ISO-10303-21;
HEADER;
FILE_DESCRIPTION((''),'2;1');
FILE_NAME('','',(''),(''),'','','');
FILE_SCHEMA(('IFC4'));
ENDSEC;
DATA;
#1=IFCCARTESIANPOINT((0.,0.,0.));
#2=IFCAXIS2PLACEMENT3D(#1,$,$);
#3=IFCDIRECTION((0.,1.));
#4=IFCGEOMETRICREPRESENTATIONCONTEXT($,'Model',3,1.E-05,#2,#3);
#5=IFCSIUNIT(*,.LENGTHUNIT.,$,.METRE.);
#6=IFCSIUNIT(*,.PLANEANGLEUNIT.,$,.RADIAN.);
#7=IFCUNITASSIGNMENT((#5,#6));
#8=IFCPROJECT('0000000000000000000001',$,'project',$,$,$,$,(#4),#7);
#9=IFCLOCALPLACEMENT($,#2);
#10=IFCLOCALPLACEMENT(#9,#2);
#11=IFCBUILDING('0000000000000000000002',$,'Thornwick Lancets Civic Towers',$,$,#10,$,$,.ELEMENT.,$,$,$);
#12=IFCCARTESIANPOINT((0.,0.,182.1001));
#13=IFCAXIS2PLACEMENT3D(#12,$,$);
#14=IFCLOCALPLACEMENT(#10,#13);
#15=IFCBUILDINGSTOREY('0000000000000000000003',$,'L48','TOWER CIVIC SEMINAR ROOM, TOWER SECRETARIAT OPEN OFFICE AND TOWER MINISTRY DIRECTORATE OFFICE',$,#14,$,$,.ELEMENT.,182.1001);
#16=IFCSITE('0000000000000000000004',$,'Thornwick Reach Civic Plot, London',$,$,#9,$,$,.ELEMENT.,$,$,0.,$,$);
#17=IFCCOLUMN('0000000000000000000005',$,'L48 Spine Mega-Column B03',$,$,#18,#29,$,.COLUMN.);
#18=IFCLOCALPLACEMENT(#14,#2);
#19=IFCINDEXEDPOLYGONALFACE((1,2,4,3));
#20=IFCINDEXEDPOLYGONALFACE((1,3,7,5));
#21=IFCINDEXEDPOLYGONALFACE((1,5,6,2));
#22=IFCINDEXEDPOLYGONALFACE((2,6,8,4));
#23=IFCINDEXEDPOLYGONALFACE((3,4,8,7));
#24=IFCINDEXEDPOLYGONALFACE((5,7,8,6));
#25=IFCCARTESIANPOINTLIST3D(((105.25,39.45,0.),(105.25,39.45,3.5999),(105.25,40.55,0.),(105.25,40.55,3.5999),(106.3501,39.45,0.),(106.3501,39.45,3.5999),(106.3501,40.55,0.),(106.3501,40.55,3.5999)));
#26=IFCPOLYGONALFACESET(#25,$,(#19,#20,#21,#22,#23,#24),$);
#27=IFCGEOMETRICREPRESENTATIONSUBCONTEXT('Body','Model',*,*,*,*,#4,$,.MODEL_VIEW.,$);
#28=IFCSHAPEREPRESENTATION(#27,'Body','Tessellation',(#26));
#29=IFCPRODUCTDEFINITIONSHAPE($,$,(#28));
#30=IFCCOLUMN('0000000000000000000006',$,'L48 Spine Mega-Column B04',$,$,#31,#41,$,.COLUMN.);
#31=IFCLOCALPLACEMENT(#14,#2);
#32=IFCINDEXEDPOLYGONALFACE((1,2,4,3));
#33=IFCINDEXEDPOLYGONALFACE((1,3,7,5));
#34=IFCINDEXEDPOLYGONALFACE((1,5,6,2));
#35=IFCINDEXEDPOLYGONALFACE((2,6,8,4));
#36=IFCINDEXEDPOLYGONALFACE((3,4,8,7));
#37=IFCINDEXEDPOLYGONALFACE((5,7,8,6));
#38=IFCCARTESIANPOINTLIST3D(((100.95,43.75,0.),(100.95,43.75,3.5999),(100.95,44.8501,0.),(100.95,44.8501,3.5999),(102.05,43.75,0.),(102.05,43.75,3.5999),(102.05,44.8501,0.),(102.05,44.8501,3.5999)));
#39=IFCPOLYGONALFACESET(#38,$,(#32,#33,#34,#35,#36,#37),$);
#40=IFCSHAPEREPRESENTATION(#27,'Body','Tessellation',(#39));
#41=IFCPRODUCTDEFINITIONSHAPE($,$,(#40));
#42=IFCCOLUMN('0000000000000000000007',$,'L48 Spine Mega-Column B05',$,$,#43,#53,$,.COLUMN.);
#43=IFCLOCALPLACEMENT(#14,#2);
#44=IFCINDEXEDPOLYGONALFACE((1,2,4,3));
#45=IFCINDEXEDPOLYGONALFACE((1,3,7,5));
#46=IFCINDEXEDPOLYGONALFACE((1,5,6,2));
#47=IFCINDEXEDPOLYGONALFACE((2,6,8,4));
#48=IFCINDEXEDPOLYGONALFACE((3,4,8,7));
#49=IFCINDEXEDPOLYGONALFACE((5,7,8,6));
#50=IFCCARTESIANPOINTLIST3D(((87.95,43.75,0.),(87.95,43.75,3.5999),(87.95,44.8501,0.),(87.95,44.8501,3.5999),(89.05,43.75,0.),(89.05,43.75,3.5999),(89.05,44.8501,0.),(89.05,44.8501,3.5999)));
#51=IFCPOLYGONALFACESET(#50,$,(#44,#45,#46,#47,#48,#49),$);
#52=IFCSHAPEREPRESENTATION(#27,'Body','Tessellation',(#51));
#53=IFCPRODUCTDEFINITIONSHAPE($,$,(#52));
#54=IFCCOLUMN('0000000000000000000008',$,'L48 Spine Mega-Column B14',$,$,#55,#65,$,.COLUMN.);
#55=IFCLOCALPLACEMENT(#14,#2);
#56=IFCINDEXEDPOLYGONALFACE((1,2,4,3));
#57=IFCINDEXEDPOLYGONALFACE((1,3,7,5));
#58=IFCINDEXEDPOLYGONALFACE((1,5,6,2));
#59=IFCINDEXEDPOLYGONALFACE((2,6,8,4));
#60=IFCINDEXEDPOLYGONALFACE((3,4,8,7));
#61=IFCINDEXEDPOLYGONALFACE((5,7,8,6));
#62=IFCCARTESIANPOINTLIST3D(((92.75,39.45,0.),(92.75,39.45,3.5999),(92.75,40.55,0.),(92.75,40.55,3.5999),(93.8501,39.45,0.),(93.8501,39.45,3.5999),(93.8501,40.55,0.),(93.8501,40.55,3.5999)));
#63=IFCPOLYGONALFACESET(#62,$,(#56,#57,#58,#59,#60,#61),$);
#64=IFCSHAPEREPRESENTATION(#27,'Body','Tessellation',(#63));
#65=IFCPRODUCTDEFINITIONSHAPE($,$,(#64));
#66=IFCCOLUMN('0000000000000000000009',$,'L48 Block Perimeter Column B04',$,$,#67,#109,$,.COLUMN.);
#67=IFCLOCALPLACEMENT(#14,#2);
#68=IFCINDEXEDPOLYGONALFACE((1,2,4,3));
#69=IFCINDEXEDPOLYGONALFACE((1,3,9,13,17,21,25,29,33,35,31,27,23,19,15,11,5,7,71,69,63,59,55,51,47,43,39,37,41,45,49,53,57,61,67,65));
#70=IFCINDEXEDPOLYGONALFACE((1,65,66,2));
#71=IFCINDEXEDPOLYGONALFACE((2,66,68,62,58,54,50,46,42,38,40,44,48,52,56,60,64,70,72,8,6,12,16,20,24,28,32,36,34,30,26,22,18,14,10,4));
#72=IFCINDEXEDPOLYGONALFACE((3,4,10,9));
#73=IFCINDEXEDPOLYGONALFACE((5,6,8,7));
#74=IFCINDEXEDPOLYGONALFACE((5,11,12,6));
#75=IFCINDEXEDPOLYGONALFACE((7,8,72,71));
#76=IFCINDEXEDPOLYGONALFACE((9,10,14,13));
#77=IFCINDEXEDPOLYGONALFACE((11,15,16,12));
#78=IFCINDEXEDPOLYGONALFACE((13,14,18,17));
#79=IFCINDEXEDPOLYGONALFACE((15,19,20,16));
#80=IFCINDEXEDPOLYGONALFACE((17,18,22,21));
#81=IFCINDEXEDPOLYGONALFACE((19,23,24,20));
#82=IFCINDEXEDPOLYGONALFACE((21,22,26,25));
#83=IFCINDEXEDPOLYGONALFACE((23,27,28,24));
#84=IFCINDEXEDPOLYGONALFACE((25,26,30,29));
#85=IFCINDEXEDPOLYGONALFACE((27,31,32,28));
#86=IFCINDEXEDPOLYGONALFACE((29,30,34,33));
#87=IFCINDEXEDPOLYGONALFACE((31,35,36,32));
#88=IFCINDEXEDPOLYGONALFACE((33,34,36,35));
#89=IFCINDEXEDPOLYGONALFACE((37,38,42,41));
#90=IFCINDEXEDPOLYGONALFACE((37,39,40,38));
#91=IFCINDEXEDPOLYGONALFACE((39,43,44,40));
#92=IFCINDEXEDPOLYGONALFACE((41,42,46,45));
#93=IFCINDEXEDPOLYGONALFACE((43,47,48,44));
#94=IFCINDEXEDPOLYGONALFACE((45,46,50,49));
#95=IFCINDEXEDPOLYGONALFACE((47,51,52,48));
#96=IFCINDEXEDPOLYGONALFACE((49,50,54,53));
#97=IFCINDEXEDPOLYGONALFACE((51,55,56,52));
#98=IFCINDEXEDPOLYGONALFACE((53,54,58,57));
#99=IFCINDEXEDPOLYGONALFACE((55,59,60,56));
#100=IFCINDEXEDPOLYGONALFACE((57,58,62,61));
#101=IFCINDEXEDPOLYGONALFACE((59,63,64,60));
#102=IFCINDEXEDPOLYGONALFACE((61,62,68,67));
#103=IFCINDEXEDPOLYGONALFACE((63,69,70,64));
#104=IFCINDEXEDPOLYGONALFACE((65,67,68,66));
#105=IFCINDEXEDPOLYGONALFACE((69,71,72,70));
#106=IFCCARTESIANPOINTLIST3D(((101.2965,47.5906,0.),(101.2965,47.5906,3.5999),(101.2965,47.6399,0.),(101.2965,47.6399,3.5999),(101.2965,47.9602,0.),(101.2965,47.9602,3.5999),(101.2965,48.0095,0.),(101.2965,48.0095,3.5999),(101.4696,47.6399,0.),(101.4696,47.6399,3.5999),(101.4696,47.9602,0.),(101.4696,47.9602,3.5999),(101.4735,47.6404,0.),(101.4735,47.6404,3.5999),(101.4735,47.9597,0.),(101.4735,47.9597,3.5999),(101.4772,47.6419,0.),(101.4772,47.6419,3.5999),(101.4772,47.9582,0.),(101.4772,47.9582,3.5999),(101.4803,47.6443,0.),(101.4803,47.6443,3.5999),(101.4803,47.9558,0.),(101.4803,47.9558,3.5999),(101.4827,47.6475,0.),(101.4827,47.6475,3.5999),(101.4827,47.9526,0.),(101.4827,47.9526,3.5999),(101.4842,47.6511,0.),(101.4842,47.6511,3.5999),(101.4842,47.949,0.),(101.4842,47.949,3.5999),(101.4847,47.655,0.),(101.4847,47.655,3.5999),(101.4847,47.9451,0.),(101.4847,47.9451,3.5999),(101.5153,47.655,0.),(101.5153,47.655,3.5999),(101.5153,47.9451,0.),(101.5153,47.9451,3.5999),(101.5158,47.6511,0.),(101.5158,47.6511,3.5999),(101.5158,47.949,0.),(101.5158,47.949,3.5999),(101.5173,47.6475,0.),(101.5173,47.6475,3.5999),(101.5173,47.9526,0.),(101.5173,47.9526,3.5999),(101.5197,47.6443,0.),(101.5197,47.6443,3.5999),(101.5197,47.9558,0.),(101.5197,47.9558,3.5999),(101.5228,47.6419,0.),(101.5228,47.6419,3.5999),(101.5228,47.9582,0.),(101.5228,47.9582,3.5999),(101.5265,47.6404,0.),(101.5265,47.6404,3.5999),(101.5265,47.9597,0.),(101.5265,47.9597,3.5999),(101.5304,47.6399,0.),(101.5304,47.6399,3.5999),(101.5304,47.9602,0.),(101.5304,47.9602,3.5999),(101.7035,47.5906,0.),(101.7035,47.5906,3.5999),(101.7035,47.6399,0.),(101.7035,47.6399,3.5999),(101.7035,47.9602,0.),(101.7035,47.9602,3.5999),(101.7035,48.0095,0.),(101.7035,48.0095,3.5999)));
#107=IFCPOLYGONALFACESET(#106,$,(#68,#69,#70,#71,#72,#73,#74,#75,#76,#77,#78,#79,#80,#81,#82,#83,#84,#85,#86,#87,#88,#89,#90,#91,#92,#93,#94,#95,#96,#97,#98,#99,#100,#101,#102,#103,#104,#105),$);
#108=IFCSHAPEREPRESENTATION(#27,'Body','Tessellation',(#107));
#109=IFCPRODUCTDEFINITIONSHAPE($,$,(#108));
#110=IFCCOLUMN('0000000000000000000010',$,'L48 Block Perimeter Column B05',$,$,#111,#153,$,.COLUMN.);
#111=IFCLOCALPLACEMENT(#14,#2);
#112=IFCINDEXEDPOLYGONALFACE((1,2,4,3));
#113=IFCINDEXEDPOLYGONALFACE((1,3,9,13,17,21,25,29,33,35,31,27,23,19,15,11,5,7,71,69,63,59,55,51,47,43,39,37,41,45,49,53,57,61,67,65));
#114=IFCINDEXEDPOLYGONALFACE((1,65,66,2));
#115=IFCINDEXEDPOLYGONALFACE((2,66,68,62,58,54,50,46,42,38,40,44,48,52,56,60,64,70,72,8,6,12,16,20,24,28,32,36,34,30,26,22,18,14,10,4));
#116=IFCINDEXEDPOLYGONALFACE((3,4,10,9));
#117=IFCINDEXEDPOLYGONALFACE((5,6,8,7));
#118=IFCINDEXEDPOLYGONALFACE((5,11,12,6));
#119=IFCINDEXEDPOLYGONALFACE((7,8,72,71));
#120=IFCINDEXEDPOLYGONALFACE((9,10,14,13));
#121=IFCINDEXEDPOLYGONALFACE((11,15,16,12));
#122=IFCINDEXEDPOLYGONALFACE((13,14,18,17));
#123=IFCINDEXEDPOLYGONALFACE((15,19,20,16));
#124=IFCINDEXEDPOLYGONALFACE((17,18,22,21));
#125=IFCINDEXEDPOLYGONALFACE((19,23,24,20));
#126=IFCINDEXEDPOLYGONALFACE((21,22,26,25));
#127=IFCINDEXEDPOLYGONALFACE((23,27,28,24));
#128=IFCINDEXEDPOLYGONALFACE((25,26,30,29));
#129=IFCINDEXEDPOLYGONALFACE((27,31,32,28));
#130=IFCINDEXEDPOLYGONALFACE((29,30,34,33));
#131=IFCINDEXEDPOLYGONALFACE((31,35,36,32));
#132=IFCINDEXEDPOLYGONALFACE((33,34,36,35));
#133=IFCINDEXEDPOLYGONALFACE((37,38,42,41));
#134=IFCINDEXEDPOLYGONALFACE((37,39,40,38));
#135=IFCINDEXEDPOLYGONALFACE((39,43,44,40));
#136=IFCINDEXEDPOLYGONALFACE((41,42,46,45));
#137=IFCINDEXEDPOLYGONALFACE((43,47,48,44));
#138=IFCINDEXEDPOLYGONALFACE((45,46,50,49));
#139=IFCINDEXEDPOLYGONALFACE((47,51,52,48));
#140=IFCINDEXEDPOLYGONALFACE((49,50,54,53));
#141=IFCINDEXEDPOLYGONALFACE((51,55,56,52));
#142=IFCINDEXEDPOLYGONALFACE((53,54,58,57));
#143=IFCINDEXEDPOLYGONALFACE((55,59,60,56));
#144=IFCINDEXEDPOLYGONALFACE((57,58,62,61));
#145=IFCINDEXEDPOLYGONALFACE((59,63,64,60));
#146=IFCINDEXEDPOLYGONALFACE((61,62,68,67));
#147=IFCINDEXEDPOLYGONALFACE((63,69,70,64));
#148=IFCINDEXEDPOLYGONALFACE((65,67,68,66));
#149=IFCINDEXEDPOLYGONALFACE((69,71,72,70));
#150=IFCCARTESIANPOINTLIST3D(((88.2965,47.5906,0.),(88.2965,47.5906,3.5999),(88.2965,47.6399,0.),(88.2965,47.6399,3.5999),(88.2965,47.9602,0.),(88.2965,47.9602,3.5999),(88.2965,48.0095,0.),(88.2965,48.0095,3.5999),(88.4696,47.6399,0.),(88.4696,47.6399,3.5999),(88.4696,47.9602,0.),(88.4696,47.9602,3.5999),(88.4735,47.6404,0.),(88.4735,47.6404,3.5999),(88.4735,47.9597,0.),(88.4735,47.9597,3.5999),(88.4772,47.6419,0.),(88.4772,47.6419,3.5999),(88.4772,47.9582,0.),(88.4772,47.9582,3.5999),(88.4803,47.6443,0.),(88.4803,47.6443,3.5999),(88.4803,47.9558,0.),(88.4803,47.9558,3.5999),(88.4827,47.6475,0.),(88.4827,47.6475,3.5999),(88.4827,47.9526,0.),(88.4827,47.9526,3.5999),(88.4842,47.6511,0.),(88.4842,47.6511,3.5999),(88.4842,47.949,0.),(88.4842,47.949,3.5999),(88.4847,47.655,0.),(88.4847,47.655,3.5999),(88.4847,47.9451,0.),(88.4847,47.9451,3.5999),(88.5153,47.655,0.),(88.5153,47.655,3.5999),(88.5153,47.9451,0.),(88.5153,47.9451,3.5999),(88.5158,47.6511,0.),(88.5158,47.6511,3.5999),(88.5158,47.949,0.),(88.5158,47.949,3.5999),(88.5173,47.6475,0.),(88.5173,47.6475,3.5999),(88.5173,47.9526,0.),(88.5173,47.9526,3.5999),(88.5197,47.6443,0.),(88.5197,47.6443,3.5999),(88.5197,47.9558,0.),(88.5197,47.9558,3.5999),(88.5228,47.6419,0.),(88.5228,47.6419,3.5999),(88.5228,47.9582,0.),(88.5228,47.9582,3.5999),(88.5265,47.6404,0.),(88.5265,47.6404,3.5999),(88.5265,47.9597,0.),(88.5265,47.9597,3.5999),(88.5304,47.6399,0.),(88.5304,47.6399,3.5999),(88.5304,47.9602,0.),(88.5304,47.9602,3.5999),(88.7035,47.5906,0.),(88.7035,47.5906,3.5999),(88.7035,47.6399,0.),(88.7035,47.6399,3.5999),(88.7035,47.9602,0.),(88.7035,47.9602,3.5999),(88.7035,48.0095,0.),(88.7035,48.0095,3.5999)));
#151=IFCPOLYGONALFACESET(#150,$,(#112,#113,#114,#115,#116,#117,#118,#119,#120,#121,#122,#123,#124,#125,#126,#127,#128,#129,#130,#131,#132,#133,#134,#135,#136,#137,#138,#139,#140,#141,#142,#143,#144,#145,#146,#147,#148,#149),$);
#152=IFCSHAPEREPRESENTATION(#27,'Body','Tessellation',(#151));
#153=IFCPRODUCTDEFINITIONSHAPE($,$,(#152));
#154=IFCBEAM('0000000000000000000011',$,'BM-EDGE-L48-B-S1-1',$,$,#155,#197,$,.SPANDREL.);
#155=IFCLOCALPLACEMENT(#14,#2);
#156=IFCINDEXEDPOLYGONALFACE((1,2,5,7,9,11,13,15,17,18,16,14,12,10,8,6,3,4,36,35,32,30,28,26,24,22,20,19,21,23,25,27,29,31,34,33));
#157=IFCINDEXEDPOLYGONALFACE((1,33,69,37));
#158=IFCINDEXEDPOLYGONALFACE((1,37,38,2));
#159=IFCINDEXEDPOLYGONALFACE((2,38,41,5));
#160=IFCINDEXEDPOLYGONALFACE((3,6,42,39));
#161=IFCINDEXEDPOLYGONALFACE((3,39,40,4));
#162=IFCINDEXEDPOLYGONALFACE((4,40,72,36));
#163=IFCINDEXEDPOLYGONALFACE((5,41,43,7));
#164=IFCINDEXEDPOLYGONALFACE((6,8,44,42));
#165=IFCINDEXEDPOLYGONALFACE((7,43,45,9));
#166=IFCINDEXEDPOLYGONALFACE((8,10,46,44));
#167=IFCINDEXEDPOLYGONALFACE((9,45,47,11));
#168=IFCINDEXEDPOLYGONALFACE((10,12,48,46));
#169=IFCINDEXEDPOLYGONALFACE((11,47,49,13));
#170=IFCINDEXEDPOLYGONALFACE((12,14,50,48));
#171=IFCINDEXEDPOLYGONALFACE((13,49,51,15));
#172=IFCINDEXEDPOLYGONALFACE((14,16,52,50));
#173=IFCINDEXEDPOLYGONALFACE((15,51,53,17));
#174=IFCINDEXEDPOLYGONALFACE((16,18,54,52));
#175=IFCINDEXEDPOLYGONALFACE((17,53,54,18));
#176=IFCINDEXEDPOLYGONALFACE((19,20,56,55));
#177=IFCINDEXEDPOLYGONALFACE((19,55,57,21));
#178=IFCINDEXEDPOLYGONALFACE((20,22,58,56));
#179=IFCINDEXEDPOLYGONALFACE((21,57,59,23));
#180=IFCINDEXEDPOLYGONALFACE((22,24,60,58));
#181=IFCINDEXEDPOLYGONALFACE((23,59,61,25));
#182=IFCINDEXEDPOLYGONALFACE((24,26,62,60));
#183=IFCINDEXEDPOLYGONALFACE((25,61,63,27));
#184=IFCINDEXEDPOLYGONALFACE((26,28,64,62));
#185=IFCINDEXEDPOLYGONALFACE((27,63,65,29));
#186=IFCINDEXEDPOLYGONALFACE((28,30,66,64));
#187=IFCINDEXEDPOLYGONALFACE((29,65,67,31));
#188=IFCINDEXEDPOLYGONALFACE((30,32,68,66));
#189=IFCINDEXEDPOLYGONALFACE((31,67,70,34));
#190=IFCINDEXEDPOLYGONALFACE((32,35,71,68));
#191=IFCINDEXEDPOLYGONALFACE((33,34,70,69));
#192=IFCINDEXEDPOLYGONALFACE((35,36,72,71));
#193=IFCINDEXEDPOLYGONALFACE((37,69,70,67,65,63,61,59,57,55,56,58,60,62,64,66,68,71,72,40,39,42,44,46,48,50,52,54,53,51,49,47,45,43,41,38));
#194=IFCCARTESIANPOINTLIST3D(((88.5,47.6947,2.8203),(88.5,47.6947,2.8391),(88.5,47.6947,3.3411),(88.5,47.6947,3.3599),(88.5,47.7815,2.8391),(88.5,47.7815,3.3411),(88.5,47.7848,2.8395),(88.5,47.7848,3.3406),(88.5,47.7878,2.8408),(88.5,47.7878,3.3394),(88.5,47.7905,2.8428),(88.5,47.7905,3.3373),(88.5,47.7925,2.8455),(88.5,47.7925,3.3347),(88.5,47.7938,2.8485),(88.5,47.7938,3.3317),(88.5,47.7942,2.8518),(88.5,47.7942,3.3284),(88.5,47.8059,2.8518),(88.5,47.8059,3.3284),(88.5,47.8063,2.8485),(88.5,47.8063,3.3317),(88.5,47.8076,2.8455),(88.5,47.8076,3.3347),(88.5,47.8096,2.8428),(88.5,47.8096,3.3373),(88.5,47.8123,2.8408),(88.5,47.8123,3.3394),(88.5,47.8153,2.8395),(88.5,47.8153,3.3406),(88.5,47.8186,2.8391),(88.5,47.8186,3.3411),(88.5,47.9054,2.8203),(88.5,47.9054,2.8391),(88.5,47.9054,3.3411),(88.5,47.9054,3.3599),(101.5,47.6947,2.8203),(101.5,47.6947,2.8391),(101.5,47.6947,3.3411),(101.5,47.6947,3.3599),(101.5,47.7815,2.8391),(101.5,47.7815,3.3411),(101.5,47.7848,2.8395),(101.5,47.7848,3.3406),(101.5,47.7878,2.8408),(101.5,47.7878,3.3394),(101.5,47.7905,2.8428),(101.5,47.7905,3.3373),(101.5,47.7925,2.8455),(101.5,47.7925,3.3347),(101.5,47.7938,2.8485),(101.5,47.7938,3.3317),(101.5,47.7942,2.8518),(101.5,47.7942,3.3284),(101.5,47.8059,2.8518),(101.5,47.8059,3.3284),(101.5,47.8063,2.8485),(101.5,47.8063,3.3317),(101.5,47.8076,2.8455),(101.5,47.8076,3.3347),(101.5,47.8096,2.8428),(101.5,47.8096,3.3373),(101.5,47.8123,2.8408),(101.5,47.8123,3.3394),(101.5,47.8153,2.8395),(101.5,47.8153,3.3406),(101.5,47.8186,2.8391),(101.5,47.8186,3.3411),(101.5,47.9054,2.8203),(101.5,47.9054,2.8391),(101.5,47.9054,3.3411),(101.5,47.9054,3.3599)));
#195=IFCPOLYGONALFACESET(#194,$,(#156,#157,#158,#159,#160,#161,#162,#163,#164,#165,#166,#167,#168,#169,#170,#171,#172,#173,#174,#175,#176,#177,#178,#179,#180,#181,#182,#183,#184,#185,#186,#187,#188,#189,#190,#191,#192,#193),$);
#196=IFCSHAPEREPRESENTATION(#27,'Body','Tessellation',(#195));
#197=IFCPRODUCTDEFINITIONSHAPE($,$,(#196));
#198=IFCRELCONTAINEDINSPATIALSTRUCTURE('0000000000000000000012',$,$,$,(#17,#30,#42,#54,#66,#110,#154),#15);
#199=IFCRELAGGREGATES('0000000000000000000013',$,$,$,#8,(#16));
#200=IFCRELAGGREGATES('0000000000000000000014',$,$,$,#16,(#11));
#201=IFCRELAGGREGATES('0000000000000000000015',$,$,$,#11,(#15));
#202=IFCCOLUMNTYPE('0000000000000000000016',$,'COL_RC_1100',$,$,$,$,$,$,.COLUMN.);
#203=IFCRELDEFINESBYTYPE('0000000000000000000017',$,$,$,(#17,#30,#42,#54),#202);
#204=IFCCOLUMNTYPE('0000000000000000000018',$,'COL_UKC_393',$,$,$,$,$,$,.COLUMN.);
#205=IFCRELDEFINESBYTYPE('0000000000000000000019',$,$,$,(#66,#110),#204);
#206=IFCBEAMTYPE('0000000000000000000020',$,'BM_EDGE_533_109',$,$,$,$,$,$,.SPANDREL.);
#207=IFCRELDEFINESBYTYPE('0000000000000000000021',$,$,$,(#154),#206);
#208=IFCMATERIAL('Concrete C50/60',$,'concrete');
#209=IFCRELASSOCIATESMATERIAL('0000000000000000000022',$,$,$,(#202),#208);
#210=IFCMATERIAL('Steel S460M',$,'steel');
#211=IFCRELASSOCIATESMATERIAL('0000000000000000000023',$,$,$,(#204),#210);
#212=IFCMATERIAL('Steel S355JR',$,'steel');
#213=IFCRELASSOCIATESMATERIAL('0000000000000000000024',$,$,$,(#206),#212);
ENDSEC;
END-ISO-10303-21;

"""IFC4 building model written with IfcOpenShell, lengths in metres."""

from ifc_helpers import new_model, si_unit, direction, frame, origin, origin_2d, place, context, subcontext, project, spatial, rectangle, i_section, extrude, material, material_profile, profile_set, type_object, element, save


model = new_model("IFC4")

# Units and contexts
model_context = context("Model", 3, precision=1e-05, world=origin(), true_north=direction((0.0, 1.0)))
body_context = subcontext(model_context, "Body", "Model", "MODEL_VIEW")
ifc_project = project(units=[si_unit("LENGTHUNIT", "METRE"), si_unit("PLANEANGLEUNIT", "RADIAN")], contexts=[model_context])

# Site, building, storey
site_placement = place(None, origin())
site = spatial("IfcSite", under=ifc_project, at=site_placement, Name="Thornwick Reach Civic Plot, London", CompositionType="ELEMENT", RefElevation=0.0)
building_placement = place(site_placement, origin())
building = spatial("IfcBuilding", under=site, at=building_placement, Name="Thornwick Lancets Civic Towers", CompositionType="ELEMENT")
storey_placement = place(building_placement, frame((0.0, 0.0, 182.1001)))
storey = spatial("IfcBuildingStorey", under=building, at=storey_placement, Name="L48", Description="TOWER CIVIC SEMINAR ROOM, TOWER SECRETARIAT OPEN OFFICE AND TOWER MINISTRY DIRECTORATE OFFICE", CompositionType="ELEMENT", Elevation=182.1001)

# Columns
ifc_material_1 = material(Name="Concrete C50/60", Category="concrete")
ifc_material_profile_1 = material_profile(ifc_material_1, rectangle(XDim=1.1001, YDim=1.1001, at=origin_2d()), Name="RC 1100x1100")
ifc_profile_set_1 = profile_set([ifc_material_profile_1], Name="Concrete C50/60")
column_type_1 = type_object("IfcColumnType", Name="COL_RC_1100", PredefinedType="COLUMN", material=ifc_profile_set_1)
for number, where, z_axis, x_axis, name in (
    (1, (105.8, 40.0, 0.0), (0.0, 0.0, 1.0), (1.0, 0.0, 0.0), "L48 Spine Mega-Column B03"),
    (2, (101.5, 44.3, 0.0), (0.0, 0.0, 1.0), (1.0, 0.0, 0.0), "L48 Spine Mega-Column B04"),
    (3, (88.5, 44.3, 0.0), (0.0, 0.0, 1.0), (1.0, 0.0, 0.0), "L48 Spine Mega-Column B05"),
    (4, (93.3, 40.0, 0.0), (0.0, 0.0, 1.0), (1.0, 0.0, 0.0), "L48 Spine Mega-Column B14"),
):
    element("IfcColumn", number, at=place(storey_placement, frame(where, z_axis=z_axis, x_axis=x_axis)), inside=storey, type_object=column_type_1, Name=name, PredefinedType="COLUMN", context=body_context, shape_type="SweptSolid", body=[
        extrude(rectangle(XDim=1.1001, YDim=1.1001, at=origin_2d()), origin(), (0.0, 0.0, 1.0), 3.5999),
    ])
ifc_material_2 = material(Name="Steel S460M", Category="steel")
ifc_material_profile_2 = material_profile(ifc_material_2, i_section(OverallWidth=0.407, OverallDepth=0.4189, WebThickness=0.0305, FlangeThickness=0.0493, FilletRadius=0.0151, at=origin_2d()), Name="UKC 356x406x393")
ifc_profile_set_2 = profile_set([ifc_material_profile_2], Name="Steel S460M")
column_type_2 = type_object("IfcColumnType", Name="COL_UKC_393", PredefinedType="COLUMN", material=ifc_profile_set_2)
for number, where, z_axis, x_axis, name in (
    (5, (101.5, 47.8, 0.0), (0.0, 0.0, 1.0), (1.0, 0.0, 0.0), "L48 Block Perimeter Column B04"),
    (6, (88.5, 47.8, 0.0), (0.0, 0.0, 1.0), (1.0, 0.0, 0.0), "L48 Block Perimeter Column B05"),
):
    element("IfcColumn", number, at=place(storey_placement, frame(where, z_axis=z_axis, x_axis=x_axis)), inside=storey, type_object=column_type_2, Name=name, PredefinedType="COLUMN", context=body_context, shape_type="SweptSolid", body=[
        extrude(i_section(OverallWidth=0.407, OverallDepth=0.4189, WebThickness=0.0305, FlangeThickness=0.0493, FilletRadius=0.0151, at=origin_2d()), origin(), (0.0, 0.0, 1.0), 3.5999),
    ])

# Beam
ifc_material_3 = material(Name="Steel S355JR", Category="steel")
ifc_material_profile_3 = material_profile(ifc_material_3, i_section(OverallWidth=0.2107, OverallDepth=0.5396, WebThickness=0.0117, FlangeThickness=0.0188, FilletRadius=0.0127, at=origin_2d()), Name="UKB 533x210x109")
ifc_profile_set_3 = profile_set([ifc_material_profile_3], Name="Steel S355JR")
beam_type_1 = type_object("IfcBeamType", Name="BM_EDGE_533_109", PredefinedType="SPANDREL", material=ifc_profile_set_3)
beam_1_placement = place(storey_placement, frame((101.5, 47.8, 3.0901), z_axis=(-1.0, 0.0, 0.0), x_axis=(0.0, -1.0, 0.0)))
element("IfcBeam", 7, at=beam_1_placement, inside=storey, type_object=beam_type_1, Name="BM-EDGE-L48-B-S1-1", PredefinedType="SPANDREL", context=body_context, shape_type="SweptSolid", body=[
    extrude(i_section(OverallWidth=0.2107, OverallDepth=0.5396, WebThickness=0.0117, FlangeThickness=0.0188, FilletRadius=0.0127, at=origin_2d()), origin(), (0.0, 0.0, 1.0), 13.0),
])

save(model, "model.ifc")
